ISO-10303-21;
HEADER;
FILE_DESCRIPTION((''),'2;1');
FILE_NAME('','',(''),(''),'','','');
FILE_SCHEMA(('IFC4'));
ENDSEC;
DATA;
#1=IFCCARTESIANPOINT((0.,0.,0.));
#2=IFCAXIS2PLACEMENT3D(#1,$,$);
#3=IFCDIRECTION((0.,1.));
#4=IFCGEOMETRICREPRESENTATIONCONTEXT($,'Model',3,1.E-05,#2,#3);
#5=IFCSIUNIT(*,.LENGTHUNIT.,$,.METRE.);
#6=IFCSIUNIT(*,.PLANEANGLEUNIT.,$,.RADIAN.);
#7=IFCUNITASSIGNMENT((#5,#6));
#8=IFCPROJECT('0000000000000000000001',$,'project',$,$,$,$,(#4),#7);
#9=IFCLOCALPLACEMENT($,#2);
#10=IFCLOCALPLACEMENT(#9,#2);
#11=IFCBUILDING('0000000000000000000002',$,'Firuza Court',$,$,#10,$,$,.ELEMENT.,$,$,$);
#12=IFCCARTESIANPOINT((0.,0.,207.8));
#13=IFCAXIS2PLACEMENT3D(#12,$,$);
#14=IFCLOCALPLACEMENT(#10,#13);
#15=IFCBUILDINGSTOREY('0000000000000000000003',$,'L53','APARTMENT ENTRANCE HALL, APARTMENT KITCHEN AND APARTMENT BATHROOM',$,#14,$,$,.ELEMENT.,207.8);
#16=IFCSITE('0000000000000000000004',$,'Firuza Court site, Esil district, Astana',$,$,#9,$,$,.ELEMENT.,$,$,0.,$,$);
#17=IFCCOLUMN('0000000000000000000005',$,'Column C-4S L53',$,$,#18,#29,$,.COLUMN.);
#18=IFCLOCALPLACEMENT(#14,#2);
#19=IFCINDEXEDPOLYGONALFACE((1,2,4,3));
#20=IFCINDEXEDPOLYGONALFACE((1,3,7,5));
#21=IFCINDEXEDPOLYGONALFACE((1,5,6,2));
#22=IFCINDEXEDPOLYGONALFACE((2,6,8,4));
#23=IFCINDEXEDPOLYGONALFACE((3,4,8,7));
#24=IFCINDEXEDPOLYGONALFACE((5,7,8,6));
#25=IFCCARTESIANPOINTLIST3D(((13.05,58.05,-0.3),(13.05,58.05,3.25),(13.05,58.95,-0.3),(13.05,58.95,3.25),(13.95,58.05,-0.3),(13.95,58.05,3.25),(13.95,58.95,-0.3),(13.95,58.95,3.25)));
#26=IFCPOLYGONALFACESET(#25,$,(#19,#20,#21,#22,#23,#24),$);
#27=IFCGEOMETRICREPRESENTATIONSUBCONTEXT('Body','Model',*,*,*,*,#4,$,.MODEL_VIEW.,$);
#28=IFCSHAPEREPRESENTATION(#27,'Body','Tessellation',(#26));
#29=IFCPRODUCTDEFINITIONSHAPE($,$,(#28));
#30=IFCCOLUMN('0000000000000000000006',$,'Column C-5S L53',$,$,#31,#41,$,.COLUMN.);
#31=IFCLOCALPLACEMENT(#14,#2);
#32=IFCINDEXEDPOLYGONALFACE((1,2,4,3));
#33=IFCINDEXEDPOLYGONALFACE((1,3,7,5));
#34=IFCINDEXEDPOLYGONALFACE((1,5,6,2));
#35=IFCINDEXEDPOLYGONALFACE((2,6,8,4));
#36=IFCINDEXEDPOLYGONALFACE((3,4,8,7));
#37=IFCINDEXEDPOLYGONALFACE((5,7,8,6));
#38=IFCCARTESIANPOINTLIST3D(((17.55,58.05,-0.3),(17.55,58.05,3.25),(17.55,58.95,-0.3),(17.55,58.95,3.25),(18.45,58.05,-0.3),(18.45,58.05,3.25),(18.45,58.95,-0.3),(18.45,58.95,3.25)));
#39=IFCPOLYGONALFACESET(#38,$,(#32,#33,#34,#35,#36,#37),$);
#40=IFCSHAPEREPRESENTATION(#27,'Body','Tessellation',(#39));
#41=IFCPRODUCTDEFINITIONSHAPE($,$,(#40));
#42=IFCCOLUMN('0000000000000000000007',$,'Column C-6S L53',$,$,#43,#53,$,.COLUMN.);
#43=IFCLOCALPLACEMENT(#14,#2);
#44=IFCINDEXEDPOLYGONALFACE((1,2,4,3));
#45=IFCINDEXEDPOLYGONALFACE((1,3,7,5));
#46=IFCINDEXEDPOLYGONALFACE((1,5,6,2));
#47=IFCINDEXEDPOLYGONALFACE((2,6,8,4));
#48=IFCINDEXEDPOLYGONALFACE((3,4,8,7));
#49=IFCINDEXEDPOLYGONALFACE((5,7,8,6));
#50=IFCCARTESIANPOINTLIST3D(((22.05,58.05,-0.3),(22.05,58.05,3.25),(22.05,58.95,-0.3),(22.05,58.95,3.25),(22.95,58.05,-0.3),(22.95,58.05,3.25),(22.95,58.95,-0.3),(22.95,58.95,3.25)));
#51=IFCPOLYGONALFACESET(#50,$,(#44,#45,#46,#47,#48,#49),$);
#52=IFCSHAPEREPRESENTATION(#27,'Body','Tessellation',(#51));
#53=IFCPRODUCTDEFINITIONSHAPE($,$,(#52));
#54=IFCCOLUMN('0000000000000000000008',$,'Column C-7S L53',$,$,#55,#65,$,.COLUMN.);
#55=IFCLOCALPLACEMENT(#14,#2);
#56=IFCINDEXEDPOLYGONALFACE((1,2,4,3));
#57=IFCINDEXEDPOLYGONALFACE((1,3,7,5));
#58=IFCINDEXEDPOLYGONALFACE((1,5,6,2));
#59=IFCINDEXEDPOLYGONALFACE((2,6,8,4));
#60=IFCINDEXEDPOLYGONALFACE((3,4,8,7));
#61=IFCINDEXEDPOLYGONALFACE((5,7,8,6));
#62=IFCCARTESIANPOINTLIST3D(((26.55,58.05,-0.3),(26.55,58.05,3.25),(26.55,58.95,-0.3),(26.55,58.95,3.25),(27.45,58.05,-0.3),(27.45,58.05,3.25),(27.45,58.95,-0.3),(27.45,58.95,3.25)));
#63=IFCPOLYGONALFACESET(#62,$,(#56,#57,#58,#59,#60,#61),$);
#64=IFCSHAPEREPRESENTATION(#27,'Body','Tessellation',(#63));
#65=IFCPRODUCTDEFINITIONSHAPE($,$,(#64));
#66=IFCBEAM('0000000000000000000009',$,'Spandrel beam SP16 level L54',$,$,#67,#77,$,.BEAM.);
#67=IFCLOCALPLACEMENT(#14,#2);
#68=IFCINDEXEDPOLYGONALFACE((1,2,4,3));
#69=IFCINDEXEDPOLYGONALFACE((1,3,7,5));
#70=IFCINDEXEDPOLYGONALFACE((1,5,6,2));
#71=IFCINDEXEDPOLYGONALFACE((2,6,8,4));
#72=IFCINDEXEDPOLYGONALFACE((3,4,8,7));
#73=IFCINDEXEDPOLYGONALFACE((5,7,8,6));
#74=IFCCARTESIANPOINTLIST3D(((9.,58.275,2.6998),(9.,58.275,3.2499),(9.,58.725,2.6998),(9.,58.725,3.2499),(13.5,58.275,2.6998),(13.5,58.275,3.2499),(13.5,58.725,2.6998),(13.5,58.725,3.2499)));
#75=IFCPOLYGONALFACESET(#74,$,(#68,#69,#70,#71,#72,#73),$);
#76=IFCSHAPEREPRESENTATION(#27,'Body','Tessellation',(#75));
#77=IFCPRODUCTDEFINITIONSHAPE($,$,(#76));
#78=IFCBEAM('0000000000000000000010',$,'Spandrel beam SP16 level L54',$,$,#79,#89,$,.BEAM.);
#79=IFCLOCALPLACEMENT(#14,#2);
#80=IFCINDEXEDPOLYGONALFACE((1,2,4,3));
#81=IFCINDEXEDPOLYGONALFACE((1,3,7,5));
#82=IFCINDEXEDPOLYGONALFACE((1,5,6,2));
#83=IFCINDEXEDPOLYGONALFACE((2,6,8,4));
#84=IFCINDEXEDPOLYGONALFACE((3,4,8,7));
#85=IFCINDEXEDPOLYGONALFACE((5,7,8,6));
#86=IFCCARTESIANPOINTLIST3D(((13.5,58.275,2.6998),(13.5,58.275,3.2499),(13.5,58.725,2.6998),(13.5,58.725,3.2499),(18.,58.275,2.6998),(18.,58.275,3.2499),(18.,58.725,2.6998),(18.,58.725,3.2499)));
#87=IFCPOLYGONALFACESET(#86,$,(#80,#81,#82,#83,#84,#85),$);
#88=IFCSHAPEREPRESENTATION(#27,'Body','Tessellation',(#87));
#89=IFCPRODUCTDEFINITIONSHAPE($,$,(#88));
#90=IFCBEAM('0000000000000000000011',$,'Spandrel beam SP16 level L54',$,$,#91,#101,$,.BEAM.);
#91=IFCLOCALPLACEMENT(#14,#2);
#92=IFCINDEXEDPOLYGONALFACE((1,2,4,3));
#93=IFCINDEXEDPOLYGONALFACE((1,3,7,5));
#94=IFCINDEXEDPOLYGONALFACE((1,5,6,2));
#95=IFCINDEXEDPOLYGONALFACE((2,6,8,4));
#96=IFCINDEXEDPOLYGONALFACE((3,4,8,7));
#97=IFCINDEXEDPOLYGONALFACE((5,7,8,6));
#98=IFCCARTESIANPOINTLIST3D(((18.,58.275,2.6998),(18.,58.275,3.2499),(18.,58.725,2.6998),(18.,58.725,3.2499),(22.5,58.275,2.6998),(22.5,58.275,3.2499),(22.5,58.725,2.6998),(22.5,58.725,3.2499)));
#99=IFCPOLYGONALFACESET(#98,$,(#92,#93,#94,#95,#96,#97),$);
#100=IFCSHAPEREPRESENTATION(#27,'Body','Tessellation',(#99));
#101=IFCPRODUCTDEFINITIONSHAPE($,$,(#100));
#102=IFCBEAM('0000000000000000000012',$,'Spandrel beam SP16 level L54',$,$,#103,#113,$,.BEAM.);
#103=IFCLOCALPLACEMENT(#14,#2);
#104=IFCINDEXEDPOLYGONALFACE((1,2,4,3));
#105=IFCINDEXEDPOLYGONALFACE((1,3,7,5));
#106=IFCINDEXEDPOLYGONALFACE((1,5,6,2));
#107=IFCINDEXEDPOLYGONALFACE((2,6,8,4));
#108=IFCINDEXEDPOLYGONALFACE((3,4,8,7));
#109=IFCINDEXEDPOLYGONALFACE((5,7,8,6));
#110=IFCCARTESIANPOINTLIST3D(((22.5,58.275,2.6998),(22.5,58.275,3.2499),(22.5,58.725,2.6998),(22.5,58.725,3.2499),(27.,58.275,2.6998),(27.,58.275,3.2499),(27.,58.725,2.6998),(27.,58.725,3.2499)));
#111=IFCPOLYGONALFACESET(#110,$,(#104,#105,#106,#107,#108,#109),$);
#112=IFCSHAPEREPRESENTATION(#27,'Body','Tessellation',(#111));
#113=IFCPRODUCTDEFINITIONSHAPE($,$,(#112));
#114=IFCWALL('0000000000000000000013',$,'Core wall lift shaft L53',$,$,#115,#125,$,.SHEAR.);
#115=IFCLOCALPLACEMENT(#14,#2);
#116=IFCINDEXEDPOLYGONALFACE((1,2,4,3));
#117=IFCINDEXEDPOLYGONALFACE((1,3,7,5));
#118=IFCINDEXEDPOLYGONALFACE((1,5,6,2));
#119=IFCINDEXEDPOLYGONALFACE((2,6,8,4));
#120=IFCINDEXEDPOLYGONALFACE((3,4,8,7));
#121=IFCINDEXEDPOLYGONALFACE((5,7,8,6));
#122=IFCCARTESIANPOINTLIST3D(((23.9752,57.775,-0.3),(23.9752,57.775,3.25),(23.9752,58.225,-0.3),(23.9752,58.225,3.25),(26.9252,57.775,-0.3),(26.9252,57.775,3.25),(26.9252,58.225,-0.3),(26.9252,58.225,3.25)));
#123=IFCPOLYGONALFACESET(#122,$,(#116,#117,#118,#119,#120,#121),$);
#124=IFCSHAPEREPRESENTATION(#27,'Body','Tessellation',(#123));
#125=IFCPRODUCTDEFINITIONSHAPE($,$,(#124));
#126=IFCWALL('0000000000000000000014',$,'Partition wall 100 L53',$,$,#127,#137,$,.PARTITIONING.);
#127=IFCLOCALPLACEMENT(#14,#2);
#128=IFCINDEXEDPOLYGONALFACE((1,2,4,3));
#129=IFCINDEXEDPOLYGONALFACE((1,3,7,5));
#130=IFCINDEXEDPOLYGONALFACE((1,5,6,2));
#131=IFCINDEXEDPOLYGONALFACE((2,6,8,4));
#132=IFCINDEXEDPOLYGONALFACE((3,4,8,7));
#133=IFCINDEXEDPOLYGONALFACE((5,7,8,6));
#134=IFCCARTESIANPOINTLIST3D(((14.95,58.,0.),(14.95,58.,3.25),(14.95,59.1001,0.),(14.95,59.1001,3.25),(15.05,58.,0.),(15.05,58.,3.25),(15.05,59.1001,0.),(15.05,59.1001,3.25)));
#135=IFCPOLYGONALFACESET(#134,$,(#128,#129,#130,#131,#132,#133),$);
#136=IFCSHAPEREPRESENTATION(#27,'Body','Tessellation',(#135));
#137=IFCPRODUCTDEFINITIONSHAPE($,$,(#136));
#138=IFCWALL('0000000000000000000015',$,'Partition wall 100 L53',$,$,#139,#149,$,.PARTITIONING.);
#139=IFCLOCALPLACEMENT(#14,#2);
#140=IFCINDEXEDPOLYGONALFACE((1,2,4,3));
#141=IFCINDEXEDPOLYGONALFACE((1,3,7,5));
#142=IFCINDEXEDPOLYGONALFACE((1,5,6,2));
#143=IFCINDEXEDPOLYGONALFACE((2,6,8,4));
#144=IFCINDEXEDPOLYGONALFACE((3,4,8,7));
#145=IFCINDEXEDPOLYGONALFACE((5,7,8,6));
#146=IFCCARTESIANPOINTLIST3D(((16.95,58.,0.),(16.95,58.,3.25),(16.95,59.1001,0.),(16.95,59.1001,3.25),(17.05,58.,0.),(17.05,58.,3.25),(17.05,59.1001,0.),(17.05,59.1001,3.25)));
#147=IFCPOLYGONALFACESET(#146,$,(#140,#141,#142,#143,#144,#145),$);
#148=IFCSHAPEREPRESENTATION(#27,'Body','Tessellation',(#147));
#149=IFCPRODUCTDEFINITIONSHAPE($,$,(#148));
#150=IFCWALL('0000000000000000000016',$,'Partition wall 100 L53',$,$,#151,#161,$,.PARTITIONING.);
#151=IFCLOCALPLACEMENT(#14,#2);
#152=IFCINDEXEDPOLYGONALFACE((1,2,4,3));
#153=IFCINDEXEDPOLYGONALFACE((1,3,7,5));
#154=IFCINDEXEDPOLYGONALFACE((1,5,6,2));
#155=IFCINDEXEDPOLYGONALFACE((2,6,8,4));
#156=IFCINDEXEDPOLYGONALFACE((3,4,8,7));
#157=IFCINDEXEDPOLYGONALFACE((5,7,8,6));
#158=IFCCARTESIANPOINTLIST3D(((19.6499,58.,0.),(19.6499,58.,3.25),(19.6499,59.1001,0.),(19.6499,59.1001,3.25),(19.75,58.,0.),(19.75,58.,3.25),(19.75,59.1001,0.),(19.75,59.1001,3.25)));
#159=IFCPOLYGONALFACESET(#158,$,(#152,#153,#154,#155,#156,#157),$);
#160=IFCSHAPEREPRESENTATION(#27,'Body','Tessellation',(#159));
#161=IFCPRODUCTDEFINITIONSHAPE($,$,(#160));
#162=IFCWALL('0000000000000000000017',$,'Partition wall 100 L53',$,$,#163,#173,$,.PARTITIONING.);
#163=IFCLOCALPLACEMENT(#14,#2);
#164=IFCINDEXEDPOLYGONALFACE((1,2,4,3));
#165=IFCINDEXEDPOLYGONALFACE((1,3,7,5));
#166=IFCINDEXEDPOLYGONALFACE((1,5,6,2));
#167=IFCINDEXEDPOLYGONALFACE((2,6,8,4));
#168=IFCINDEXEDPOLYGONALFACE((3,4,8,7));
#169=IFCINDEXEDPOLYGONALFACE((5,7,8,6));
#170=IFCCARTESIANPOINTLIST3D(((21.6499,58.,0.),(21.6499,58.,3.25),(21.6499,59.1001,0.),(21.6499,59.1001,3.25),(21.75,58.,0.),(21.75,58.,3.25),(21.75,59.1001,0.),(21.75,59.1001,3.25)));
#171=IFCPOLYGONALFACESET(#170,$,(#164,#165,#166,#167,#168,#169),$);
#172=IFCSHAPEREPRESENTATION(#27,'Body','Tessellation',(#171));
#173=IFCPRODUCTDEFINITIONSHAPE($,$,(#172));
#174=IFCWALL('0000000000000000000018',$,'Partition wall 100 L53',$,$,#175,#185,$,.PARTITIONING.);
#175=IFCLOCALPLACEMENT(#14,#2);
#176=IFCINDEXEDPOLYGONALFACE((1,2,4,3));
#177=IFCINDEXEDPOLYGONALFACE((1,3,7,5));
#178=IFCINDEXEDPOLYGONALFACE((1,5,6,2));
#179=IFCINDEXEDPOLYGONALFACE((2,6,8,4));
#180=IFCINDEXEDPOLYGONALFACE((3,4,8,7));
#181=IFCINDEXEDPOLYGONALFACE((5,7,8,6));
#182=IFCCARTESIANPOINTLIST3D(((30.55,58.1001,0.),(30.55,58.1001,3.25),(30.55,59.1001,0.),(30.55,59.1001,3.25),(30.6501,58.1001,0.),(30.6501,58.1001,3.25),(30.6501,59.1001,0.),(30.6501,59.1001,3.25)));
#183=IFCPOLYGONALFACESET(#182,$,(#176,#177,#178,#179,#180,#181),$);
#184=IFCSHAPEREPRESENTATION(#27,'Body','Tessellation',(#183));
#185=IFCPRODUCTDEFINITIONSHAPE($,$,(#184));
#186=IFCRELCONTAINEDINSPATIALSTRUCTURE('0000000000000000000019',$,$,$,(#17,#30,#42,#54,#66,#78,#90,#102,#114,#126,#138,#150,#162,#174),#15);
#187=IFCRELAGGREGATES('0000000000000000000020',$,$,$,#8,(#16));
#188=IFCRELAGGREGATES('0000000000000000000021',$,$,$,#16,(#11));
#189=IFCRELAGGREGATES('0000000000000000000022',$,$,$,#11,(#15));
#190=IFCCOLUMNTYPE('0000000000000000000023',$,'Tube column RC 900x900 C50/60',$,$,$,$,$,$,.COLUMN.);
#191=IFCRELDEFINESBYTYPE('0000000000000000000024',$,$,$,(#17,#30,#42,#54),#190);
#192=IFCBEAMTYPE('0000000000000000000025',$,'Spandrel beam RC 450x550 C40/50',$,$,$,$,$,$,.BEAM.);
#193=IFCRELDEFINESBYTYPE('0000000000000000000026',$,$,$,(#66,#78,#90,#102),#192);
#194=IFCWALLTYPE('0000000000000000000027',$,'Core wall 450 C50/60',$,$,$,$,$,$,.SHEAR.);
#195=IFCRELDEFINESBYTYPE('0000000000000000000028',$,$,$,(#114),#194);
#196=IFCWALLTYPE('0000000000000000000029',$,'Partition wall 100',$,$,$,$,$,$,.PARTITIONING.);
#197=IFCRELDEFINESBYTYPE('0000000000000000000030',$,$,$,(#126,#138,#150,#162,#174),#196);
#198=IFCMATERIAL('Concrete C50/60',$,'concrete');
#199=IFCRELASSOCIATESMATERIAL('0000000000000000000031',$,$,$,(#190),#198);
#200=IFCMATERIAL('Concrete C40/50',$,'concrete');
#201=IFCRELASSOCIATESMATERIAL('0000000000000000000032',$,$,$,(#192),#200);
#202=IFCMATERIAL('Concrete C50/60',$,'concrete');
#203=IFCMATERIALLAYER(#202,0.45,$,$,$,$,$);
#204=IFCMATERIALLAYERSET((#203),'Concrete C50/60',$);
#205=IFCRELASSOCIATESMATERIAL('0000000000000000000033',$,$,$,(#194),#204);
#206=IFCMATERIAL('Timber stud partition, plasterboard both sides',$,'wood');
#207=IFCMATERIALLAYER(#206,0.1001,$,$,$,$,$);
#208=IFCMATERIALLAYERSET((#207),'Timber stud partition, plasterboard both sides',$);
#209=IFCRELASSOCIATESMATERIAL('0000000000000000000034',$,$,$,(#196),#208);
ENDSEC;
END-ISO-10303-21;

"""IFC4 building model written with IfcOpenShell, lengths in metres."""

from ifc_helpers import new_model, si_unit, direction, frame, frame_2d, origin, origin_2d, place, context, subcontext, project, spatial, rectangle, extrude, material, layer, layer_set, material_profile, profile_set, type_object, element, save


model = new_model("IFC4")

# Units and contexts
model_context = context("Model", 3, precision=1e-05, world=origin(), true_north=direction((0.0, 1.0)))
body_context = subcontext(model_context, "Body", "Model", "MODEL_VIEW")
ifc_project = project(units=[si_unit("LENGTHUNIT", "METRE"), si_unit("PLANEANGLEUNIT", "RADIAN")], contexts=[model_context])

# Site, building, storey
site_placement = place(None, origin())
site = spatial("IfcSite", under=ifc_project, at=site_placement, Name="Firuza Court site, Esil district, Astana", CompositionType="ELEMENT", RefElevation=0.0)
building_placement = place(site_placement, origin())
building = spatial("IfcBuilding", under=site, at=building_placement, Name="Firuza Court", CompositionType="ELEMENT")
storey_placement = place(building_placement, frame((0.0, 0.0, 207.8)))
storey = spatial("IfcBuildingStorey", under=building, at=storey_placement, Name="L53", Description="APARTMENT ENTRANCE HALL, APARTMENT KITCHEN AND APARTMENT BATHROOM", CompositionType="ELEMENT", Elevation=207.8)

# Columns
ifc_material_1 = material(Name="Concrete C50/60", Category="concrete")
ifc_material_profile_1 = material_profile(ifc_material_1, rectangle(XDim=0.8999, YDim=0.8999, at=origin_2d()), Name="RC 900x900")
ifc_profile_set_1 = profile_set([ifc_material_profile_1], Name="Concrete C50/60")
column_type = type_object("IfcColumnType", Name="Tube column RC 900x900 C50/60", PredefinedType="COLUMN", material=ifc_profile_set_1)
for number, where, z_axis, x_axis, name in (
    (1, (13.5, 58.5, -0.3), (0.0, 0.0, 1.0), (1.0, 0.0, 0.0), "Column C-4S L53"),
    (2, (18.0, 58.5, -0.3), (0.0, 0.0, 1.0), (1.0, 0.0, 0.0), "Column C-5S L53"),
    (3, (22.5, 58.5, -0.3), (0.0, 0.0, 1.0), (1.0, 0.0, 0.0), "Column C-6S L53"),
    (4, (27.0, 58.5, -0.3), (0.0, 0.0, 1.0), (1.0, 0.0, 0.0), "Column C-7S L53"),
):
    element("IfcColumn", number, at=place(storey_placement, frame(where, z_axis=z_axis, x_axis=x_axis)), inside=storey, type_object=column_type, Name=name, PredefinedType="COLUMN", context=body_context, shape_type="SweptSolid", body=[
        extrude(rectangle(XDim=0.8999, YDim=0.8999, at=origin_2d()), origin(), (0.0, 0.0, 1.0), 3.55),
    ])

# Beams
ifc_material_2 = material(Name="Concrete C40/50", Category="concrete")
ifc_material_profile_2 = material_profile(ifc_material_2, rectangle(XDim=0.45, YDim=0.55, at=origin_2d()), Name="RC 450x550")
ifc_profile_set_2 = profile_set([ifc_material_profile_2], Name="Concrete C40/50")
beam_type = type_object("IfcBeamType", Name="Spandrel beam RC 450x550 C40/50", PredefinedType="BEAM", material=ifc_profile_set_2)
for number, where, z_axis, x_axis, name in (
    (5, (13.5, 58.5, 2.9749), (-1.0, 0.0, 0.0), (0.0, -1.0, 0.0), "Spandrel beam SP16 level L54"),
    (6, (18.0, 58.5, 2.9749), (-1.0, 0.0, 0.0), (0.0, -1.0, 0.0), "Spandrel beam SP16 level L54"),
    (7, (22.5, 58.5, 2.9749), (-1.0, 0.0, 0.0), (0.0, -1.0, 0.0), "Spandrel beam SP16 level L54"),
    (8, (27.0, 58.5, 2.9749), (-1.0, 0.0, 0.0), (0.0, -1.0, 0.0), "Spandrel beam SP16 level L54"),
):
    element("IfcBeam", number, at=place(storey_placement, frame(where, z_axis=z_axis, x_axis=x_axis)), inside=storey, type_object=beam_type, Name=name, PredefinedType="BEAM", context=body_context, shape_type="SweptSolid", body=[
        extrude(rectangle(XDim=0.45, YDim=0.55, at=origin_2d()), origin(), (0.0, 0.0, 1.0), 4.5),
    ])

# Walls
ifc_material_3 = material(Name="Concrete C50/60", Category="concrete")
ifc_layer_1 = layer(ifc_material_3, 0.45)
ifc_layer_set_1 = layer_set([ifc_layer_1], Name="Concrete C50/60")
wall_type_1 = type_object("IfcWallType", Name="Core wall 450 C50/60", PredefinedType="SHEAR", material=ifc_layer_set_1)
wall_1_placement = place(storey_placement, frame((23.9751, 58.0, -0.3), z_axis=(0.0, 0.0, 1.0), x_axis=(1.0, 0.0, 0.0)))
element("IfcWall", 9, at=wall_1_placement, inside=storey, type_object=wall_type_1, Name="Core wall lift shaft L53", PredefinedType="SHEAR", context=body_context, shape_type="SweptSolid", body=[
    extrude(rectangle(XDim=2.95, YDim=0.45, at=frame_2d((1.4751, 0.0))), origin(), (0.0, 0.0, 1.0), 3.55),
])
ifc_material_4 = material(Name="Timber stud partition, plasterboard both sides", Category="wood")
ifc_layer_2 = layer(ifc_material_4, 0.1001)
ifc_layer_set_2 = layer_set([ifc_layer_2], Name="Timber stud partition, plasterboard both sides")
wall_type_2 = type_object("IfcWallType", Name="Partition wall 100", PredefinedType="PARTITIONING", material=ifc_layer_set_2)
for number, where, z_axis, x_axis, name in (
    (10, (15.0, 58.0, 0.0), (0.0, 0.0, 1.0), (0.0, 1.0, 0.0), "Partition wall 100 L53"),
    (11, (17.0, 58.0, 0.0), (0.0, 0.0, 1.0), (0.0, 1.0, 0.0), "Partition wall 100 L53"),
    (12, (19.7, 58.0, 0.0), (0.0, 0.0, 1.0), (0.0, 1.0, 0.0), "Partition wall 100 L53"),
    (13, (21.7, 58.0, 0.0), (0.0, 0.0, 1.0), (0.0, 1.0, 0.0), "Partition wall 100 L53"),
):
    element("IfcWall", number, at=place(storey_placement, frame(where, z_axis=z_axis, x_axis=x_axis)), inside=storey, type_object=wall_type_2, Name=name, PredefinedType="PARTITIONING", context=body_context, shape_type="SweptSolid", body=[
        extrude(rectangle(XDim=1.1001, YDim=0.1001, at=frame_2d((0.55, 0.0))), origin(), (0.0, 0.0, 1.0), 3.25),
    ])
wall_2_placement = place(storey_placement, frame((30.6001, 58.1001, 0.0), z_axis=(0.0, 0.0, 1.0), x_axis=(0.0, 1.0, 0.0)))
element("IfcWall", 14, at=wall_2_placement, inside=storey, type_object=wall_type_2, Name="Partition wall 100 L53", PredefinedType="PARTITIONING", context=body_context, shape_type="SweptSolid", body=[
    extrude(rectangle(XDim=1.0, YDim=0.1001, at=frame_2d((0.5, 0.0))), origin(), (0.0, 0.0, 1.0), 3.25),
])

save(model, "model.ifc")
